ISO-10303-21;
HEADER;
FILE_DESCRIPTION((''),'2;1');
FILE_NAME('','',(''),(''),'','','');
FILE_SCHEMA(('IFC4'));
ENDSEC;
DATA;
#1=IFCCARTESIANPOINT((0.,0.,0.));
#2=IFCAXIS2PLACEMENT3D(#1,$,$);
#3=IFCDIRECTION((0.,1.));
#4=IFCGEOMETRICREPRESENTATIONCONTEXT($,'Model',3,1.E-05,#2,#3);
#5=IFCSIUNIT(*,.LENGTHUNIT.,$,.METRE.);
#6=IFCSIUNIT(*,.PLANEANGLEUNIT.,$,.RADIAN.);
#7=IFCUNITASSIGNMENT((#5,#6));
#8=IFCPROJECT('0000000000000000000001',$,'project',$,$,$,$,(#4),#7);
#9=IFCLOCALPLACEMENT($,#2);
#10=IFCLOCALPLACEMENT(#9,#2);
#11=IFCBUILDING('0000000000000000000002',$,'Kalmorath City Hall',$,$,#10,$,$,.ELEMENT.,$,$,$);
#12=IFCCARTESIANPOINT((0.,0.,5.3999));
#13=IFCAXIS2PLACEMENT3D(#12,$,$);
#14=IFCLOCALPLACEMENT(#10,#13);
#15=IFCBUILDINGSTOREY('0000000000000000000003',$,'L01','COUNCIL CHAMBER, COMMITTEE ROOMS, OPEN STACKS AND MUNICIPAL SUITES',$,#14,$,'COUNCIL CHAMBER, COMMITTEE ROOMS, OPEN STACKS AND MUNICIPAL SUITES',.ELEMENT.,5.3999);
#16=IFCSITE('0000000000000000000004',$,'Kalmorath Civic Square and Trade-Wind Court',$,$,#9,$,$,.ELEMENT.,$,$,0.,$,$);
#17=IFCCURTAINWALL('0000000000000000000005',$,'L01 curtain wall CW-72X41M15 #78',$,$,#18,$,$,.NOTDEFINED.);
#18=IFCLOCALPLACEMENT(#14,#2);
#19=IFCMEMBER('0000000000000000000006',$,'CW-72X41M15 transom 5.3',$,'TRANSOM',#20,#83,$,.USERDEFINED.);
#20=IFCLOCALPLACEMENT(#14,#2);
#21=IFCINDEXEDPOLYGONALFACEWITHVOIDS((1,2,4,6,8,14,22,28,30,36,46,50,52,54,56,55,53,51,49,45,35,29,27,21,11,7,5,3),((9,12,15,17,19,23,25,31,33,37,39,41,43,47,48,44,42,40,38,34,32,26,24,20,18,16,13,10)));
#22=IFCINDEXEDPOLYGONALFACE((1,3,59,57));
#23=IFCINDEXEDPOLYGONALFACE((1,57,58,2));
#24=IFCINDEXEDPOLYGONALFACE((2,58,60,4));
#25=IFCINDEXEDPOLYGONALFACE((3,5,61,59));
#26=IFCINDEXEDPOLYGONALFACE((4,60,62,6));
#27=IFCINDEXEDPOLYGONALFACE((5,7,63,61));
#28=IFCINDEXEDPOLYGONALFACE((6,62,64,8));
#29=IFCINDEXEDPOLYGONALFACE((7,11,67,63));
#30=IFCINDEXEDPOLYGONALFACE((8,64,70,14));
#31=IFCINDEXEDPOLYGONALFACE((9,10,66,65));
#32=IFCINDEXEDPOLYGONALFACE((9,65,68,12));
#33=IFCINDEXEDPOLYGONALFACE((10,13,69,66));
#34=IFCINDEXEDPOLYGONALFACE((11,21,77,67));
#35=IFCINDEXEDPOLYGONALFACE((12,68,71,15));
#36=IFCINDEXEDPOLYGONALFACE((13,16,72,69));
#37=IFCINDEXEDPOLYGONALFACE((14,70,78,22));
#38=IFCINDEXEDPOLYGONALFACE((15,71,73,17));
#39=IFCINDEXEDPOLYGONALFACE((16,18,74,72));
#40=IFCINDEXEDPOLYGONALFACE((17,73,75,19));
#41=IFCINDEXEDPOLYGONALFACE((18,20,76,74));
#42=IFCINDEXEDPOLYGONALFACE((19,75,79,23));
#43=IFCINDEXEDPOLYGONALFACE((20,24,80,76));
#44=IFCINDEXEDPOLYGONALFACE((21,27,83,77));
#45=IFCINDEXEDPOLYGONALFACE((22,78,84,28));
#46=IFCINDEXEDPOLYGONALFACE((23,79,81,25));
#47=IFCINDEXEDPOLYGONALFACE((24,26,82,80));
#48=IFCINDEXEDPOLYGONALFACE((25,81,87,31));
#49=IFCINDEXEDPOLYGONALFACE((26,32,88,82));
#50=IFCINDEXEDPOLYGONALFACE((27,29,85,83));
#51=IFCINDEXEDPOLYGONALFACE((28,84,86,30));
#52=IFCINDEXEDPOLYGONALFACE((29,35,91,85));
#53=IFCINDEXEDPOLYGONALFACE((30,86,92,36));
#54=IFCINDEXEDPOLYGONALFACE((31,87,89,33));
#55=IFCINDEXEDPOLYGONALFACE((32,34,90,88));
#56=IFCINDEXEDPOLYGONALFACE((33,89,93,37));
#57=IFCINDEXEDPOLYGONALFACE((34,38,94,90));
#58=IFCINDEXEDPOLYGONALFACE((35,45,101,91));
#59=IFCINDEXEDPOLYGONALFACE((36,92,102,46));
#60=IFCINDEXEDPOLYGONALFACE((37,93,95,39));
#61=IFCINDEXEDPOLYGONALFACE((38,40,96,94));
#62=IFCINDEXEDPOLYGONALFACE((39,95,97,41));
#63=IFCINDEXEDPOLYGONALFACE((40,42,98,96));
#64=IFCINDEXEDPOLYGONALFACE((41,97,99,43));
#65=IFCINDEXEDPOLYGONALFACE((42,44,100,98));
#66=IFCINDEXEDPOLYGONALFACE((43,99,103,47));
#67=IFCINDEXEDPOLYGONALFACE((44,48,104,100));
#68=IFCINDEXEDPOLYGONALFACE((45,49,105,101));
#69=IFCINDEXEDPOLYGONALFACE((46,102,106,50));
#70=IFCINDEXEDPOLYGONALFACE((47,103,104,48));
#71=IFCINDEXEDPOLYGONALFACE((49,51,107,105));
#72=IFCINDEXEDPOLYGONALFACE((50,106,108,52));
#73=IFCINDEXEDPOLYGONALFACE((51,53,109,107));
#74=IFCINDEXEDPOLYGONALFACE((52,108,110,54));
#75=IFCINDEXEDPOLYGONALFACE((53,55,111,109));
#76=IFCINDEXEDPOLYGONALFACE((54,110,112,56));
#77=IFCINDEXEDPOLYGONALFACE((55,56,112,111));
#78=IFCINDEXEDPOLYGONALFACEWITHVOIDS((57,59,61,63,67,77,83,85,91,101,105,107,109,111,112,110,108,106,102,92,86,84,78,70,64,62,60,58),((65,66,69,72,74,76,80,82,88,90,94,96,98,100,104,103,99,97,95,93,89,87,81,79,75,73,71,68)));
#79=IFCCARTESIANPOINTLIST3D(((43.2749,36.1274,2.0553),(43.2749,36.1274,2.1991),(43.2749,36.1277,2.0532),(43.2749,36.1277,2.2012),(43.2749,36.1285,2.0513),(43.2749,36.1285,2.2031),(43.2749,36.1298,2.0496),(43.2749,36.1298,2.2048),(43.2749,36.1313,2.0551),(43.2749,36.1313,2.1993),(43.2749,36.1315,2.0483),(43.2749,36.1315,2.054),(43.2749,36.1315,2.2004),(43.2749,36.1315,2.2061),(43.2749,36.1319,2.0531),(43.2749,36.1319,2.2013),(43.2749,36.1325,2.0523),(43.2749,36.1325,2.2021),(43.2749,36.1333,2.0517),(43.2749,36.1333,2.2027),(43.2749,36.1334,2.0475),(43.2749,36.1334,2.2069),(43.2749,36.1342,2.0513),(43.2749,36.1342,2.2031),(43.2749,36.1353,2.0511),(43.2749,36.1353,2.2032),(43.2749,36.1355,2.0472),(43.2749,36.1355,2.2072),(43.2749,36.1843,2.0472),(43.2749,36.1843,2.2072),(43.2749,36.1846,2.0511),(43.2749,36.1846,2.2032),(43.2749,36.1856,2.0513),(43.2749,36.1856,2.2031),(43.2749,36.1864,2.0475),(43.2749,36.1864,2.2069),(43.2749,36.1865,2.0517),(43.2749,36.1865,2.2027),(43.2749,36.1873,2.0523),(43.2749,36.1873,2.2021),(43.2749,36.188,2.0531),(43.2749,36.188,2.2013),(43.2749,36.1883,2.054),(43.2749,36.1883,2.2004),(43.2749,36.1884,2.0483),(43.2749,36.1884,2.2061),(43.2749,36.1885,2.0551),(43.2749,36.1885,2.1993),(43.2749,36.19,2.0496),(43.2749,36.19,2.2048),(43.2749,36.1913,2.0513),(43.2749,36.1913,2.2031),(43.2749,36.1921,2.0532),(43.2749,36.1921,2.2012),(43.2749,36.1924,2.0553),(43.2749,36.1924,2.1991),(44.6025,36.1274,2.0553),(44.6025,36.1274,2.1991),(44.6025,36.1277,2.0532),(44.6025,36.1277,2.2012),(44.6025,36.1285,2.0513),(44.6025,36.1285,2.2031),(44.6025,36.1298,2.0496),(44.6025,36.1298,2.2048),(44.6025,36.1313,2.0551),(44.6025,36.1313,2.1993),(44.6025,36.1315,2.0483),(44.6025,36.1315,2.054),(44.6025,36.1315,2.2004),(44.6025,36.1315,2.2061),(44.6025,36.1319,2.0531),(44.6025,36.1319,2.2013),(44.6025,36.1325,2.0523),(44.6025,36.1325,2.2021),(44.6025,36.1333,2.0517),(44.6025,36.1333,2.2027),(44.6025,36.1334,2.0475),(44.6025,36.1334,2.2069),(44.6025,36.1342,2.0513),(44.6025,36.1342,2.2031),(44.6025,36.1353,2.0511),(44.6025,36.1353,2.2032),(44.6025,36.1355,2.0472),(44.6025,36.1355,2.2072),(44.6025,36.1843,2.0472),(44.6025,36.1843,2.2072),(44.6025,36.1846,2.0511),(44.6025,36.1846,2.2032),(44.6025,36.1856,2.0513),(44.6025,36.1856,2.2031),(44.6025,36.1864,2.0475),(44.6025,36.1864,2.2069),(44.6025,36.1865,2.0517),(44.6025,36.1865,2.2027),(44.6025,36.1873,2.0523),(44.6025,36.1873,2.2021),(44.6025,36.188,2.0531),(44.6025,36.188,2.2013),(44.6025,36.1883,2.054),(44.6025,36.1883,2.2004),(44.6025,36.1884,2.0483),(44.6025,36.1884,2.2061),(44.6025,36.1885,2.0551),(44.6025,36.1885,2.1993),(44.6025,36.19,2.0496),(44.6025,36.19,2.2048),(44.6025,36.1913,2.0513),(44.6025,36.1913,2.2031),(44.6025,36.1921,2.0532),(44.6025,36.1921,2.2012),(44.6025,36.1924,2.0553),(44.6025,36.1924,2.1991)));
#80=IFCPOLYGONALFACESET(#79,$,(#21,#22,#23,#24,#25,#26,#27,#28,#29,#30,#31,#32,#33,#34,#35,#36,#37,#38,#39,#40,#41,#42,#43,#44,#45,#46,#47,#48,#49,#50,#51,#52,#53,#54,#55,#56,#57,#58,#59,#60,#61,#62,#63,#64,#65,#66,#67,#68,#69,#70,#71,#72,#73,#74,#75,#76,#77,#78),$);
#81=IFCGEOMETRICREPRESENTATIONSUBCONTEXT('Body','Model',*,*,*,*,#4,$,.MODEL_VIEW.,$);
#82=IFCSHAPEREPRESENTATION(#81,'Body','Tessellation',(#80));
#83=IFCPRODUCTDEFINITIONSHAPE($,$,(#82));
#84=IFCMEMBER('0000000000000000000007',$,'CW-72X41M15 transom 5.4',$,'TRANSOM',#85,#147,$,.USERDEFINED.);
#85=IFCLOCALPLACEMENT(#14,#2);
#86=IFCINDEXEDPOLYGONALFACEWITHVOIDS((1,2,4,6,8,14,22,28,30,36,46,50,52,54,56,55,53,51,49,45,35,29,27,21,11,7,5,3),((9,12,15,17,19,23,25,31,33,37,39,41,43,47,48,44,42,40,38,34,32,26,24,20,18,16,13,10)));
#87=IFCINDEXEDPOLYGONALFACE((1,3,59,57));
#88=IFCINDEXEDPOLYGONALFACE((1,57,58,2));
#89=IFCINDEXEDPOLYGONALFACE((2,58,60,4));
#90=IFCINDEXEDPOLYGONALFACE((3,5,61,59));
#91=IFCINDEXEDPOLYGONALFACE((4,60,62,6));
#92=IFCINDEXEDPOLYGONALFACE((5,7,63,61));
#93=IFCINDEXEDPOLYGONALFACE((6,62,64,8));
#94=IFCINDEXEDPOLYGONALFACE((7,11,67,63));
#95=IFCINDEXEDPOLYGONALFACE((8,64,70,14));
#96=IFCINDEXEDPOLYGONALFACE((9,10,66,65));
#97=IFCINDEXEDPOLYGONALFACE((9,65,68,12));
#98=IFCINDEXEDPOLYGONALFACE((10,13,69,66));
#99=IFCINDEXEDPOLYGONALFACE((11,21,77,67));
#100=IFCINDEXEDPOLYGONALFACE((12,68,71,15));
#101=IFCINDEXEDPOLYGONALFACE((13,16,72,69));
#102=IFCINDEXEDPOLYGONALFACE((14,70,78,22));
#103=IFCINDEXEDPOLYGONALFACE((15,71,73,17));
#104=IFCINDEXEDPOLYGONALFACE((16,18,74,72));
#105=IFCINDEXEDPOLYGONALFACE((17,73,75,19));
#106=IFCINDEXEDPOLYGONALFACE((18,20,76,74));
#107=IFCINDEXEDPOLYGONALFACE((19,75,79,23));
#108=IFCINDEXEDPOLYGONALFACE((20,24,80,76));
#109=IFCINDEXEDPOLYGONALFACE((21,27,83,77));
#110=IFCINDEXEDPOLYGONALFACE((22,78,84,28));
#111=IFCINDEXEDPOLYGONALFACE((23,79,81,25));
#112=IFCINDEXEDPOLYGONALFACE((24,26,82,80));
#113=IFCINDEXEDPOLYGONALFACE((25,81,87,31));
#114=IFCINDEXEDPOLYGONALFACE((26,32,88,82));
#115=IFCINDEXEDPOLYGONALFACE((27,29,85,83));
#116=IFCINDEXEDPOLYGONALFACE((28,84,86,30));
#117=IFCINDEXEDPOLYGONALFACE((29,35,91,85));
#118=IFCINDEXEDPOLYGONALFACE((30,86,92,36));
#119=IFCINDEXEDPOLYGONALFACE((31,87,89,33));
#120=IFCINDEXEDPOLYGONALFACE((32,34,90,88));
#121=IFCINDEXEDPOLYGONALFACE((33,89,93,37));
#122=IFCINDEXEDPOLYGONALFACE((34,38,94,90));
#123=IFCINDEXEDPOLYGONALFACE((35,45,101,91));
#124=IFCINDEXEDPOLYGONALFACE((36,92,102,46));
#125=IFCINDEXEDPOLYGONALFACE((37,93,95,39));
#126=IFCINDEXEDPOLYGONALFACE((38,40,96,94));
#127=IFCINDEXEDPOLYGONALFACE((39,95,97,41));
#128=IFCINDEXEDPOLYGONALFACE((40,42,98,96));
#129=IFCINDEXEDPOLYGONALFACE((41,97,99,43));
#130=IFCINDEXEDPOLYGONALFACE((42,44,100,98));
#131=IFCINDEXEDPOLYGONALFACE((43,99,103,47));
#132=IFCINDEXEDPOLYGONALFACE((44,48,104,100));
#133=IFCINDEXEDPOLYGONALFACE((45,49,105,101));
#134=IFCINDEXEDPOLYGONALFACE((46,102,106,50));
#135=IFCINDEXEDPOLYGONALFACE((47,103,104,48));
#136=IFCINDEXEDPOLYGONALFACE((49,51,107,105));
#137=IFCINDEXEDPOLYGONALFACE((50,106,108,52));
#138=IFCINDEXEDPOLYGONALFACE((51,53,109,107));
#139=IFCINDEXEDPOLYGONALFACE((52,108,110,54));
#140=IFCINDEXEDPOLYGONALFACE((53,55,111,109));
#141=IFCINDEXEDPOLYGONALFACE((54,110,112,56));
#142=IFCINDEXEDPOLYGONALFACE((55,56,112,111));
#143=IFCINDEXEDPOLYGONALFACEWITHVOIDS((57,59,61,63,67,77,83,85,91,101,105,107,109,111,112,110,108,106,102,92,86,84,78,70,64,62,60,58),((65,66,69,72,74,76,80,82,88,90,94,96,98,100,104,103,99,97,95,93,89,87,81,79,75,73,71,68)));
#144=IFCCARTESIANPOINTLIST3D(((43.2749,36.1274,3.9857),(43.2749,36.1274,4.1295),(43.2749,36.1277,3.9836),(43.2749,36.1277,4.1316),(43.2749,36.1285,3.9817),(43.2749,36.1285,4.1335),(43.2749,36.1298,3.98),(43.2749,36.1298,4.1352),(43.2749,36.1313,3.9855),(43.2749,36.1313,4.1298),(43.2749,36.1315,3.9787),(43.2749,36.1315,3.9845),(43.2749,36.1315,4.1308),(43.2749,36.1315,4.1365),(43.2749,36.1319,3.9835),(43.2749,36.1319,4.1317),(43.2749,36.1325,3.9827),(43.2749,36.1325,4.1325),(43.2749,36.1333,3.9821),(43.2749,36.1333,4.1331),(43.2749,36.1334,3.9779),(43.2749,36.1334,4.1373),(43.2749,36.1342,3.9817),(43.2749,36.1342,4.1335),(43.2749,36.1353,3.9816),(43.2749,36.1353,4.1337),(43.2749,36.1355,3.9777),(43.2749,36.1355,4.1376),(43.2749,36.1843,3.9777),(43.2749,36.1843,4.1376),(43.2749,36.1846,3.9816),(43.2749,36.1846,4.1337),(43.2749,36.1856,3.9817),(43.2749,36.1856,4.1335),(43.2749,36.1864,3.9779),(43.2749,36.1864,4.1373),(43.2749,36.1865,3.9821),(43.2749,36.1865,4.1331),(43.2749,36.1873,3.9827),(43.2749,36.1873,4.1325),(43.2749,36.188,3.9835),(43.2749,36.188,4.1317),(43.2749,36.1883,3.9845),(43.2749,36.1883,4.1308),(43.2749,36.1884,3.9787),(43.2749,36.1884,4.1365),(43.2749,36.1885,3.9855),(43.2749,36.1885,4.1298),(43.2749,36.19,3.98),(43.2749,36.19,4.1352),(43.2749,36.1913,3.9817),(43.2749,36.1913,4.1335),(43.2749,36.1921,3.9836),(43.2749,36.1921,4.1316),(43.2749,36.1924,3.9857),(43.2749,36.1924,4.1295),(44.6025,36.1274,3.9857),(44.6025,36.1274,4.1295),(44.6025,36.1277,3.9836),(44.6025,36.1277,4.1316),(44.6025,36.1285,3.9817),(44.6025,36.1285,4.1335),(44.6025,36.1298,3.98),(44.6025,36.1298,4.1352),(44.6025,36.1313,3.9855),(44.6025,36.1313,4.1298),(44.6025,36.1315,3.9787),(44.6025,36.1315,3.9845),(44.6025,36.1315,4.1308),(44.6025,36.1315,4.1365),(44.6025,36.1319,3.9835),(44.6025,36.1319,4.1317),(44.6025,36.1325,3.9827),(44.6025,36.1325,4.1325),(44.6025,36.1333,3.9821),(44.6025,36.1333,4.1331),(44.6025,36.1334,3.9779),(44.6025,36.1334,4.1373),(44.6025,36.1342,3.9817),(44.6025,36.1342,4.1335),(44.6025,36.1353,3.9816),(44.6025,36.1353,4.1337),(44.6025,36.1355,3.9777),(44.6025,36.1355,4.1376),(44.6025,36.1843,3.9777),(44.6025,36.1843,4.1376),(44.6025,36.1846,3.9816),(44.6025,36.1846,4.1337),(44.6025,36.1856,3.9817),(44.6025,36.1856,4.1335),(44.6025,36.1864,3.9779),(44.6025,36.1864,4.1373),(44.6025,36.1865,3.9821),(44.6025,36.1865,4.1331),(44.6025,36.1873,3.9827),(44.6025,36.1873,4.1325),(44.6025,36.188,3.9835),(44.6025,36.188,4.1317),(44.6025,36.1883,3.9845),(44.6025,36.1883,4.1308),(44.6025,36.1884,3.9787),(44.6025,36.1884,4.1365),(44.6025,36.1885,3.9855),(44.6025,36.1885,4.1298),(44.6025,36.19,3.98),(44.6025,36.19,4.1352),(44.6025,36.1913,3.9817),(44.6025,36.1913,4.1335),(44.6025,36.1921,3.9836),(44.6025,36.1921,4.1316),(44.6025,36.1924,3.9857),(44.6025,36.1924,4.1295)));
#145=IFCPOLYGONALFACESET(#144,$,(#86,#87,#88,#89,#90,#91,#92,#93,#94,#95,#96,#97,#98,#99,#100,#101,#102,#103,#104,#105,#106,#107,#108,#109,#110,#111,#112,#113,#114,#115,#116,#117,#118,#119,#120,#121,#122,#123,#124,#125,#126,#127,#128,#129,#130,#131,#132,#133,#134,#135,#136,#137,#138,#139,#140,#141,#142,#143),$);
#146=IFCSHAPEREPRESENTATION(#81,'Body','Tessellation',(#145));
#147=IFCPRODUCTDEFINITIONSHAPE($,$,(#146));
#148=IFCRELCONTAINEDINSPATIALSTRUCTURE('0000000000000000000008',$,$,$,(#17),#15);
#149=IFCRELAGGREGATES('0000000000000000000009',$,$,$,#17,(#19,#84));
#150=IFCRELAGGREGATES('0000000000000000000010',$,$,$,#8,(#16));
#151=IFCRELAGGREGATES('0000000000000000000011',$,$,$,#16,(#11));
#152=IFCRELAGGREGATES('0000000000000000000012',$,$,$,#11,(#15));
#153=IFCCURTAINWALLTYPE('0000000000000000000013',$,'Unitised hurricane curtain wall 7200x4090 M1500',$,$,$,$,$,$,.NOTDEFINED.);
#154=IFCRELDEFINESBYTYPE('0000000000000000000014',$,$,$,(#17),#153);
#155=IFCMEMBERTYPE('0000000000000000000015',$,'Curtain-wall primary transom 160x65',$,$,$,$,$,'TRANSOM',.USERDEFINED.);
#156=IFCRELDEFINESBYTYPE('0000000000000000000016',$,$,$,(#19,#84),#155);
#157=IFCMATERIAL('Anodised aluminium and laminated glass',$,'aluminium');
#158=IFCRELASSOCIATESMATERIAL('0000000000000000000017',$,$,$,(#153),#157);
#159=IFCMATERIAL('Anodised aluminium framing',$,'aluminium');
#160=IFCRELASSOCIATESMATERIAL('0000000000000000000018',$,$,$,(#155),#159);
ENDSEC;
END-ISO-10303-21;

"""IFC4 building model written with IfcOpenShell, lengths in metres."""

from ifc_helpers import new_model, si_unit, direction, frame, origin, origin_2d, place, context, subcontext, project, spatial, hollow_rectangle, extrude, material, material_profile, profile_set, type_object, element, aggregate, save


model = new_model("IFC4")

# Units and contexts
model_context = context("Model", 3, precision=1e-05, world=origin(), true_north=direction((0.0, 1.0)))
body_context = subcontext(model_context, "Body", "Model", "MODEL_VIEW")
ifc_project = project(units=[si_unit("LENGTHUNIT", "METRE"), si_unit("PLANEANGLEUNIT", "RADIAN")], contexts=[model_context])

# Site, building, storey
site_placement = place(None, origin())
site = spatial("IfcSite", under=ifc_project, at=site_placement, Name="Kalmorath Civic Square and Trade-Wind Court", CompositionType="ELEMENT", RefElevation=0.0)
building_placement = place(site_placement, origin())
building = spatial("IfcBuilding", under=site, at=building_placement, Name="Kalmorath City Hall", CompositionType="ELEMENT")
storey_placement = place(building_placement, frame((0.0, 0.0, 5.3999)))
storey = spatial("IfcBuildingStorey", under=building, at=storey_placement, Name="L01", Description="COUNCIL CHAMBER, COMMITTEE ROOMS, OPEN STACKS AND MUNICIPAL SUITES", LongName="COUNCIL CHAMBER, COMMITTEE ROOMS, OPEN STACKS AND MUNICIPAL SUITES", CompositionType="ELEMENT", Elevation=5.3999)

# Curtain wall
ifc_material_1 = material(Name="Anodised aluminium and laminated glass", Category="aluminium")
curtain_wall_type_1 = type_object("IfcCurtainWallType", Name="Unitised hurricane curtain wall 7200x4090 M1500", PredefinedType="NOTDEFINED", material=ifc_material_1)
curtain_wall_1_placement = place(storey_placement, origin())
curtain_wall_1 = element("IfcCurtainWall", 1, at=curtain_wall_1_placement, inside=storey, type_object=curtain_wall_type_1, Name="L01 curtain wall CW-72X41M15 #78", PredefinedType="NOTDEFINED")

# Members
ifc_material_2 = material(Name="Anodised aluminium framing", Category="aluminium")
ifc_material_profile_1 = material_profile(ifc_material_2, hollow_rectangle(XDim=0.0649, YDim=0.1599, WallThickness=0.0039, InnerFilletRadius=0.0039, OuterFilletRadius=0.0081, at=origin_2d()), Name="ALU-TRN-160X65X4")
ifc_profile_set_1 = profile_set([ifc_material_profile_1], Name="Anodised aluminium framing")
member_type_1 = type_object("IfcMemberType", Name="Curtain-wall primary transom 160x65", ElementType="TRANSOM", PredefinedType="USERDEFINED", material=ifc_profile_set_1)
member_1_placement = place(storey_placement, frame((44.6025, 36.1599, 2.1272), z_axis=(-1.0, 0.0, 0.0), x_axis=(0.0, -1.0, 0.0)))
member_1 = element("IfcMember", 2, at=member_1_placement, type_object=member_type_1, Name="CW-72X41M15 transom 5.3", ObjectType="TRANSOM", PredefinedType="USERDEFINED", context=body_context, shape_type="SweptSolid", body=[
    extrude(hollow_rectangle(XDim=0.0649, YDim=0.1599, WallThickness=0.0039, InnerFilletRadius=0.0039, OuterFilletRadius=0.0081, at=origin_2d()), origin(), (0.0, 0.0, 1.0), 1.3276),
])
member_2_placement = place(storey_placement, frame((44.6025, 36.1599, 4.0576), z_axis=(-1.0, 0.0, 0.0), x_axis=(0.0, -1.0, 0.0)))
member_2 = element("IfcMember", 3, at=member_2_placement, type_object=member_type_1, Name="CW-72X41M15 transom 5.4", ObjectType="TRANSOM", PredefinedType="USERDEFINED", context=body_context, shape_type="SweptSolid", body=[
    extrude(hollow_rectangle(XDim=0.0649, YDim=0.1599, WallThickness=0.0039, InnerFilletRadius=0.0039, OuterFilletRadius=0.0081, at=origin_2d()), origin(), (0.0, 0.0, 1.0), 1.3276),
])

aggregate(curtain_wall_1, [member_1, member_2])

save(model, "model.ifc")
